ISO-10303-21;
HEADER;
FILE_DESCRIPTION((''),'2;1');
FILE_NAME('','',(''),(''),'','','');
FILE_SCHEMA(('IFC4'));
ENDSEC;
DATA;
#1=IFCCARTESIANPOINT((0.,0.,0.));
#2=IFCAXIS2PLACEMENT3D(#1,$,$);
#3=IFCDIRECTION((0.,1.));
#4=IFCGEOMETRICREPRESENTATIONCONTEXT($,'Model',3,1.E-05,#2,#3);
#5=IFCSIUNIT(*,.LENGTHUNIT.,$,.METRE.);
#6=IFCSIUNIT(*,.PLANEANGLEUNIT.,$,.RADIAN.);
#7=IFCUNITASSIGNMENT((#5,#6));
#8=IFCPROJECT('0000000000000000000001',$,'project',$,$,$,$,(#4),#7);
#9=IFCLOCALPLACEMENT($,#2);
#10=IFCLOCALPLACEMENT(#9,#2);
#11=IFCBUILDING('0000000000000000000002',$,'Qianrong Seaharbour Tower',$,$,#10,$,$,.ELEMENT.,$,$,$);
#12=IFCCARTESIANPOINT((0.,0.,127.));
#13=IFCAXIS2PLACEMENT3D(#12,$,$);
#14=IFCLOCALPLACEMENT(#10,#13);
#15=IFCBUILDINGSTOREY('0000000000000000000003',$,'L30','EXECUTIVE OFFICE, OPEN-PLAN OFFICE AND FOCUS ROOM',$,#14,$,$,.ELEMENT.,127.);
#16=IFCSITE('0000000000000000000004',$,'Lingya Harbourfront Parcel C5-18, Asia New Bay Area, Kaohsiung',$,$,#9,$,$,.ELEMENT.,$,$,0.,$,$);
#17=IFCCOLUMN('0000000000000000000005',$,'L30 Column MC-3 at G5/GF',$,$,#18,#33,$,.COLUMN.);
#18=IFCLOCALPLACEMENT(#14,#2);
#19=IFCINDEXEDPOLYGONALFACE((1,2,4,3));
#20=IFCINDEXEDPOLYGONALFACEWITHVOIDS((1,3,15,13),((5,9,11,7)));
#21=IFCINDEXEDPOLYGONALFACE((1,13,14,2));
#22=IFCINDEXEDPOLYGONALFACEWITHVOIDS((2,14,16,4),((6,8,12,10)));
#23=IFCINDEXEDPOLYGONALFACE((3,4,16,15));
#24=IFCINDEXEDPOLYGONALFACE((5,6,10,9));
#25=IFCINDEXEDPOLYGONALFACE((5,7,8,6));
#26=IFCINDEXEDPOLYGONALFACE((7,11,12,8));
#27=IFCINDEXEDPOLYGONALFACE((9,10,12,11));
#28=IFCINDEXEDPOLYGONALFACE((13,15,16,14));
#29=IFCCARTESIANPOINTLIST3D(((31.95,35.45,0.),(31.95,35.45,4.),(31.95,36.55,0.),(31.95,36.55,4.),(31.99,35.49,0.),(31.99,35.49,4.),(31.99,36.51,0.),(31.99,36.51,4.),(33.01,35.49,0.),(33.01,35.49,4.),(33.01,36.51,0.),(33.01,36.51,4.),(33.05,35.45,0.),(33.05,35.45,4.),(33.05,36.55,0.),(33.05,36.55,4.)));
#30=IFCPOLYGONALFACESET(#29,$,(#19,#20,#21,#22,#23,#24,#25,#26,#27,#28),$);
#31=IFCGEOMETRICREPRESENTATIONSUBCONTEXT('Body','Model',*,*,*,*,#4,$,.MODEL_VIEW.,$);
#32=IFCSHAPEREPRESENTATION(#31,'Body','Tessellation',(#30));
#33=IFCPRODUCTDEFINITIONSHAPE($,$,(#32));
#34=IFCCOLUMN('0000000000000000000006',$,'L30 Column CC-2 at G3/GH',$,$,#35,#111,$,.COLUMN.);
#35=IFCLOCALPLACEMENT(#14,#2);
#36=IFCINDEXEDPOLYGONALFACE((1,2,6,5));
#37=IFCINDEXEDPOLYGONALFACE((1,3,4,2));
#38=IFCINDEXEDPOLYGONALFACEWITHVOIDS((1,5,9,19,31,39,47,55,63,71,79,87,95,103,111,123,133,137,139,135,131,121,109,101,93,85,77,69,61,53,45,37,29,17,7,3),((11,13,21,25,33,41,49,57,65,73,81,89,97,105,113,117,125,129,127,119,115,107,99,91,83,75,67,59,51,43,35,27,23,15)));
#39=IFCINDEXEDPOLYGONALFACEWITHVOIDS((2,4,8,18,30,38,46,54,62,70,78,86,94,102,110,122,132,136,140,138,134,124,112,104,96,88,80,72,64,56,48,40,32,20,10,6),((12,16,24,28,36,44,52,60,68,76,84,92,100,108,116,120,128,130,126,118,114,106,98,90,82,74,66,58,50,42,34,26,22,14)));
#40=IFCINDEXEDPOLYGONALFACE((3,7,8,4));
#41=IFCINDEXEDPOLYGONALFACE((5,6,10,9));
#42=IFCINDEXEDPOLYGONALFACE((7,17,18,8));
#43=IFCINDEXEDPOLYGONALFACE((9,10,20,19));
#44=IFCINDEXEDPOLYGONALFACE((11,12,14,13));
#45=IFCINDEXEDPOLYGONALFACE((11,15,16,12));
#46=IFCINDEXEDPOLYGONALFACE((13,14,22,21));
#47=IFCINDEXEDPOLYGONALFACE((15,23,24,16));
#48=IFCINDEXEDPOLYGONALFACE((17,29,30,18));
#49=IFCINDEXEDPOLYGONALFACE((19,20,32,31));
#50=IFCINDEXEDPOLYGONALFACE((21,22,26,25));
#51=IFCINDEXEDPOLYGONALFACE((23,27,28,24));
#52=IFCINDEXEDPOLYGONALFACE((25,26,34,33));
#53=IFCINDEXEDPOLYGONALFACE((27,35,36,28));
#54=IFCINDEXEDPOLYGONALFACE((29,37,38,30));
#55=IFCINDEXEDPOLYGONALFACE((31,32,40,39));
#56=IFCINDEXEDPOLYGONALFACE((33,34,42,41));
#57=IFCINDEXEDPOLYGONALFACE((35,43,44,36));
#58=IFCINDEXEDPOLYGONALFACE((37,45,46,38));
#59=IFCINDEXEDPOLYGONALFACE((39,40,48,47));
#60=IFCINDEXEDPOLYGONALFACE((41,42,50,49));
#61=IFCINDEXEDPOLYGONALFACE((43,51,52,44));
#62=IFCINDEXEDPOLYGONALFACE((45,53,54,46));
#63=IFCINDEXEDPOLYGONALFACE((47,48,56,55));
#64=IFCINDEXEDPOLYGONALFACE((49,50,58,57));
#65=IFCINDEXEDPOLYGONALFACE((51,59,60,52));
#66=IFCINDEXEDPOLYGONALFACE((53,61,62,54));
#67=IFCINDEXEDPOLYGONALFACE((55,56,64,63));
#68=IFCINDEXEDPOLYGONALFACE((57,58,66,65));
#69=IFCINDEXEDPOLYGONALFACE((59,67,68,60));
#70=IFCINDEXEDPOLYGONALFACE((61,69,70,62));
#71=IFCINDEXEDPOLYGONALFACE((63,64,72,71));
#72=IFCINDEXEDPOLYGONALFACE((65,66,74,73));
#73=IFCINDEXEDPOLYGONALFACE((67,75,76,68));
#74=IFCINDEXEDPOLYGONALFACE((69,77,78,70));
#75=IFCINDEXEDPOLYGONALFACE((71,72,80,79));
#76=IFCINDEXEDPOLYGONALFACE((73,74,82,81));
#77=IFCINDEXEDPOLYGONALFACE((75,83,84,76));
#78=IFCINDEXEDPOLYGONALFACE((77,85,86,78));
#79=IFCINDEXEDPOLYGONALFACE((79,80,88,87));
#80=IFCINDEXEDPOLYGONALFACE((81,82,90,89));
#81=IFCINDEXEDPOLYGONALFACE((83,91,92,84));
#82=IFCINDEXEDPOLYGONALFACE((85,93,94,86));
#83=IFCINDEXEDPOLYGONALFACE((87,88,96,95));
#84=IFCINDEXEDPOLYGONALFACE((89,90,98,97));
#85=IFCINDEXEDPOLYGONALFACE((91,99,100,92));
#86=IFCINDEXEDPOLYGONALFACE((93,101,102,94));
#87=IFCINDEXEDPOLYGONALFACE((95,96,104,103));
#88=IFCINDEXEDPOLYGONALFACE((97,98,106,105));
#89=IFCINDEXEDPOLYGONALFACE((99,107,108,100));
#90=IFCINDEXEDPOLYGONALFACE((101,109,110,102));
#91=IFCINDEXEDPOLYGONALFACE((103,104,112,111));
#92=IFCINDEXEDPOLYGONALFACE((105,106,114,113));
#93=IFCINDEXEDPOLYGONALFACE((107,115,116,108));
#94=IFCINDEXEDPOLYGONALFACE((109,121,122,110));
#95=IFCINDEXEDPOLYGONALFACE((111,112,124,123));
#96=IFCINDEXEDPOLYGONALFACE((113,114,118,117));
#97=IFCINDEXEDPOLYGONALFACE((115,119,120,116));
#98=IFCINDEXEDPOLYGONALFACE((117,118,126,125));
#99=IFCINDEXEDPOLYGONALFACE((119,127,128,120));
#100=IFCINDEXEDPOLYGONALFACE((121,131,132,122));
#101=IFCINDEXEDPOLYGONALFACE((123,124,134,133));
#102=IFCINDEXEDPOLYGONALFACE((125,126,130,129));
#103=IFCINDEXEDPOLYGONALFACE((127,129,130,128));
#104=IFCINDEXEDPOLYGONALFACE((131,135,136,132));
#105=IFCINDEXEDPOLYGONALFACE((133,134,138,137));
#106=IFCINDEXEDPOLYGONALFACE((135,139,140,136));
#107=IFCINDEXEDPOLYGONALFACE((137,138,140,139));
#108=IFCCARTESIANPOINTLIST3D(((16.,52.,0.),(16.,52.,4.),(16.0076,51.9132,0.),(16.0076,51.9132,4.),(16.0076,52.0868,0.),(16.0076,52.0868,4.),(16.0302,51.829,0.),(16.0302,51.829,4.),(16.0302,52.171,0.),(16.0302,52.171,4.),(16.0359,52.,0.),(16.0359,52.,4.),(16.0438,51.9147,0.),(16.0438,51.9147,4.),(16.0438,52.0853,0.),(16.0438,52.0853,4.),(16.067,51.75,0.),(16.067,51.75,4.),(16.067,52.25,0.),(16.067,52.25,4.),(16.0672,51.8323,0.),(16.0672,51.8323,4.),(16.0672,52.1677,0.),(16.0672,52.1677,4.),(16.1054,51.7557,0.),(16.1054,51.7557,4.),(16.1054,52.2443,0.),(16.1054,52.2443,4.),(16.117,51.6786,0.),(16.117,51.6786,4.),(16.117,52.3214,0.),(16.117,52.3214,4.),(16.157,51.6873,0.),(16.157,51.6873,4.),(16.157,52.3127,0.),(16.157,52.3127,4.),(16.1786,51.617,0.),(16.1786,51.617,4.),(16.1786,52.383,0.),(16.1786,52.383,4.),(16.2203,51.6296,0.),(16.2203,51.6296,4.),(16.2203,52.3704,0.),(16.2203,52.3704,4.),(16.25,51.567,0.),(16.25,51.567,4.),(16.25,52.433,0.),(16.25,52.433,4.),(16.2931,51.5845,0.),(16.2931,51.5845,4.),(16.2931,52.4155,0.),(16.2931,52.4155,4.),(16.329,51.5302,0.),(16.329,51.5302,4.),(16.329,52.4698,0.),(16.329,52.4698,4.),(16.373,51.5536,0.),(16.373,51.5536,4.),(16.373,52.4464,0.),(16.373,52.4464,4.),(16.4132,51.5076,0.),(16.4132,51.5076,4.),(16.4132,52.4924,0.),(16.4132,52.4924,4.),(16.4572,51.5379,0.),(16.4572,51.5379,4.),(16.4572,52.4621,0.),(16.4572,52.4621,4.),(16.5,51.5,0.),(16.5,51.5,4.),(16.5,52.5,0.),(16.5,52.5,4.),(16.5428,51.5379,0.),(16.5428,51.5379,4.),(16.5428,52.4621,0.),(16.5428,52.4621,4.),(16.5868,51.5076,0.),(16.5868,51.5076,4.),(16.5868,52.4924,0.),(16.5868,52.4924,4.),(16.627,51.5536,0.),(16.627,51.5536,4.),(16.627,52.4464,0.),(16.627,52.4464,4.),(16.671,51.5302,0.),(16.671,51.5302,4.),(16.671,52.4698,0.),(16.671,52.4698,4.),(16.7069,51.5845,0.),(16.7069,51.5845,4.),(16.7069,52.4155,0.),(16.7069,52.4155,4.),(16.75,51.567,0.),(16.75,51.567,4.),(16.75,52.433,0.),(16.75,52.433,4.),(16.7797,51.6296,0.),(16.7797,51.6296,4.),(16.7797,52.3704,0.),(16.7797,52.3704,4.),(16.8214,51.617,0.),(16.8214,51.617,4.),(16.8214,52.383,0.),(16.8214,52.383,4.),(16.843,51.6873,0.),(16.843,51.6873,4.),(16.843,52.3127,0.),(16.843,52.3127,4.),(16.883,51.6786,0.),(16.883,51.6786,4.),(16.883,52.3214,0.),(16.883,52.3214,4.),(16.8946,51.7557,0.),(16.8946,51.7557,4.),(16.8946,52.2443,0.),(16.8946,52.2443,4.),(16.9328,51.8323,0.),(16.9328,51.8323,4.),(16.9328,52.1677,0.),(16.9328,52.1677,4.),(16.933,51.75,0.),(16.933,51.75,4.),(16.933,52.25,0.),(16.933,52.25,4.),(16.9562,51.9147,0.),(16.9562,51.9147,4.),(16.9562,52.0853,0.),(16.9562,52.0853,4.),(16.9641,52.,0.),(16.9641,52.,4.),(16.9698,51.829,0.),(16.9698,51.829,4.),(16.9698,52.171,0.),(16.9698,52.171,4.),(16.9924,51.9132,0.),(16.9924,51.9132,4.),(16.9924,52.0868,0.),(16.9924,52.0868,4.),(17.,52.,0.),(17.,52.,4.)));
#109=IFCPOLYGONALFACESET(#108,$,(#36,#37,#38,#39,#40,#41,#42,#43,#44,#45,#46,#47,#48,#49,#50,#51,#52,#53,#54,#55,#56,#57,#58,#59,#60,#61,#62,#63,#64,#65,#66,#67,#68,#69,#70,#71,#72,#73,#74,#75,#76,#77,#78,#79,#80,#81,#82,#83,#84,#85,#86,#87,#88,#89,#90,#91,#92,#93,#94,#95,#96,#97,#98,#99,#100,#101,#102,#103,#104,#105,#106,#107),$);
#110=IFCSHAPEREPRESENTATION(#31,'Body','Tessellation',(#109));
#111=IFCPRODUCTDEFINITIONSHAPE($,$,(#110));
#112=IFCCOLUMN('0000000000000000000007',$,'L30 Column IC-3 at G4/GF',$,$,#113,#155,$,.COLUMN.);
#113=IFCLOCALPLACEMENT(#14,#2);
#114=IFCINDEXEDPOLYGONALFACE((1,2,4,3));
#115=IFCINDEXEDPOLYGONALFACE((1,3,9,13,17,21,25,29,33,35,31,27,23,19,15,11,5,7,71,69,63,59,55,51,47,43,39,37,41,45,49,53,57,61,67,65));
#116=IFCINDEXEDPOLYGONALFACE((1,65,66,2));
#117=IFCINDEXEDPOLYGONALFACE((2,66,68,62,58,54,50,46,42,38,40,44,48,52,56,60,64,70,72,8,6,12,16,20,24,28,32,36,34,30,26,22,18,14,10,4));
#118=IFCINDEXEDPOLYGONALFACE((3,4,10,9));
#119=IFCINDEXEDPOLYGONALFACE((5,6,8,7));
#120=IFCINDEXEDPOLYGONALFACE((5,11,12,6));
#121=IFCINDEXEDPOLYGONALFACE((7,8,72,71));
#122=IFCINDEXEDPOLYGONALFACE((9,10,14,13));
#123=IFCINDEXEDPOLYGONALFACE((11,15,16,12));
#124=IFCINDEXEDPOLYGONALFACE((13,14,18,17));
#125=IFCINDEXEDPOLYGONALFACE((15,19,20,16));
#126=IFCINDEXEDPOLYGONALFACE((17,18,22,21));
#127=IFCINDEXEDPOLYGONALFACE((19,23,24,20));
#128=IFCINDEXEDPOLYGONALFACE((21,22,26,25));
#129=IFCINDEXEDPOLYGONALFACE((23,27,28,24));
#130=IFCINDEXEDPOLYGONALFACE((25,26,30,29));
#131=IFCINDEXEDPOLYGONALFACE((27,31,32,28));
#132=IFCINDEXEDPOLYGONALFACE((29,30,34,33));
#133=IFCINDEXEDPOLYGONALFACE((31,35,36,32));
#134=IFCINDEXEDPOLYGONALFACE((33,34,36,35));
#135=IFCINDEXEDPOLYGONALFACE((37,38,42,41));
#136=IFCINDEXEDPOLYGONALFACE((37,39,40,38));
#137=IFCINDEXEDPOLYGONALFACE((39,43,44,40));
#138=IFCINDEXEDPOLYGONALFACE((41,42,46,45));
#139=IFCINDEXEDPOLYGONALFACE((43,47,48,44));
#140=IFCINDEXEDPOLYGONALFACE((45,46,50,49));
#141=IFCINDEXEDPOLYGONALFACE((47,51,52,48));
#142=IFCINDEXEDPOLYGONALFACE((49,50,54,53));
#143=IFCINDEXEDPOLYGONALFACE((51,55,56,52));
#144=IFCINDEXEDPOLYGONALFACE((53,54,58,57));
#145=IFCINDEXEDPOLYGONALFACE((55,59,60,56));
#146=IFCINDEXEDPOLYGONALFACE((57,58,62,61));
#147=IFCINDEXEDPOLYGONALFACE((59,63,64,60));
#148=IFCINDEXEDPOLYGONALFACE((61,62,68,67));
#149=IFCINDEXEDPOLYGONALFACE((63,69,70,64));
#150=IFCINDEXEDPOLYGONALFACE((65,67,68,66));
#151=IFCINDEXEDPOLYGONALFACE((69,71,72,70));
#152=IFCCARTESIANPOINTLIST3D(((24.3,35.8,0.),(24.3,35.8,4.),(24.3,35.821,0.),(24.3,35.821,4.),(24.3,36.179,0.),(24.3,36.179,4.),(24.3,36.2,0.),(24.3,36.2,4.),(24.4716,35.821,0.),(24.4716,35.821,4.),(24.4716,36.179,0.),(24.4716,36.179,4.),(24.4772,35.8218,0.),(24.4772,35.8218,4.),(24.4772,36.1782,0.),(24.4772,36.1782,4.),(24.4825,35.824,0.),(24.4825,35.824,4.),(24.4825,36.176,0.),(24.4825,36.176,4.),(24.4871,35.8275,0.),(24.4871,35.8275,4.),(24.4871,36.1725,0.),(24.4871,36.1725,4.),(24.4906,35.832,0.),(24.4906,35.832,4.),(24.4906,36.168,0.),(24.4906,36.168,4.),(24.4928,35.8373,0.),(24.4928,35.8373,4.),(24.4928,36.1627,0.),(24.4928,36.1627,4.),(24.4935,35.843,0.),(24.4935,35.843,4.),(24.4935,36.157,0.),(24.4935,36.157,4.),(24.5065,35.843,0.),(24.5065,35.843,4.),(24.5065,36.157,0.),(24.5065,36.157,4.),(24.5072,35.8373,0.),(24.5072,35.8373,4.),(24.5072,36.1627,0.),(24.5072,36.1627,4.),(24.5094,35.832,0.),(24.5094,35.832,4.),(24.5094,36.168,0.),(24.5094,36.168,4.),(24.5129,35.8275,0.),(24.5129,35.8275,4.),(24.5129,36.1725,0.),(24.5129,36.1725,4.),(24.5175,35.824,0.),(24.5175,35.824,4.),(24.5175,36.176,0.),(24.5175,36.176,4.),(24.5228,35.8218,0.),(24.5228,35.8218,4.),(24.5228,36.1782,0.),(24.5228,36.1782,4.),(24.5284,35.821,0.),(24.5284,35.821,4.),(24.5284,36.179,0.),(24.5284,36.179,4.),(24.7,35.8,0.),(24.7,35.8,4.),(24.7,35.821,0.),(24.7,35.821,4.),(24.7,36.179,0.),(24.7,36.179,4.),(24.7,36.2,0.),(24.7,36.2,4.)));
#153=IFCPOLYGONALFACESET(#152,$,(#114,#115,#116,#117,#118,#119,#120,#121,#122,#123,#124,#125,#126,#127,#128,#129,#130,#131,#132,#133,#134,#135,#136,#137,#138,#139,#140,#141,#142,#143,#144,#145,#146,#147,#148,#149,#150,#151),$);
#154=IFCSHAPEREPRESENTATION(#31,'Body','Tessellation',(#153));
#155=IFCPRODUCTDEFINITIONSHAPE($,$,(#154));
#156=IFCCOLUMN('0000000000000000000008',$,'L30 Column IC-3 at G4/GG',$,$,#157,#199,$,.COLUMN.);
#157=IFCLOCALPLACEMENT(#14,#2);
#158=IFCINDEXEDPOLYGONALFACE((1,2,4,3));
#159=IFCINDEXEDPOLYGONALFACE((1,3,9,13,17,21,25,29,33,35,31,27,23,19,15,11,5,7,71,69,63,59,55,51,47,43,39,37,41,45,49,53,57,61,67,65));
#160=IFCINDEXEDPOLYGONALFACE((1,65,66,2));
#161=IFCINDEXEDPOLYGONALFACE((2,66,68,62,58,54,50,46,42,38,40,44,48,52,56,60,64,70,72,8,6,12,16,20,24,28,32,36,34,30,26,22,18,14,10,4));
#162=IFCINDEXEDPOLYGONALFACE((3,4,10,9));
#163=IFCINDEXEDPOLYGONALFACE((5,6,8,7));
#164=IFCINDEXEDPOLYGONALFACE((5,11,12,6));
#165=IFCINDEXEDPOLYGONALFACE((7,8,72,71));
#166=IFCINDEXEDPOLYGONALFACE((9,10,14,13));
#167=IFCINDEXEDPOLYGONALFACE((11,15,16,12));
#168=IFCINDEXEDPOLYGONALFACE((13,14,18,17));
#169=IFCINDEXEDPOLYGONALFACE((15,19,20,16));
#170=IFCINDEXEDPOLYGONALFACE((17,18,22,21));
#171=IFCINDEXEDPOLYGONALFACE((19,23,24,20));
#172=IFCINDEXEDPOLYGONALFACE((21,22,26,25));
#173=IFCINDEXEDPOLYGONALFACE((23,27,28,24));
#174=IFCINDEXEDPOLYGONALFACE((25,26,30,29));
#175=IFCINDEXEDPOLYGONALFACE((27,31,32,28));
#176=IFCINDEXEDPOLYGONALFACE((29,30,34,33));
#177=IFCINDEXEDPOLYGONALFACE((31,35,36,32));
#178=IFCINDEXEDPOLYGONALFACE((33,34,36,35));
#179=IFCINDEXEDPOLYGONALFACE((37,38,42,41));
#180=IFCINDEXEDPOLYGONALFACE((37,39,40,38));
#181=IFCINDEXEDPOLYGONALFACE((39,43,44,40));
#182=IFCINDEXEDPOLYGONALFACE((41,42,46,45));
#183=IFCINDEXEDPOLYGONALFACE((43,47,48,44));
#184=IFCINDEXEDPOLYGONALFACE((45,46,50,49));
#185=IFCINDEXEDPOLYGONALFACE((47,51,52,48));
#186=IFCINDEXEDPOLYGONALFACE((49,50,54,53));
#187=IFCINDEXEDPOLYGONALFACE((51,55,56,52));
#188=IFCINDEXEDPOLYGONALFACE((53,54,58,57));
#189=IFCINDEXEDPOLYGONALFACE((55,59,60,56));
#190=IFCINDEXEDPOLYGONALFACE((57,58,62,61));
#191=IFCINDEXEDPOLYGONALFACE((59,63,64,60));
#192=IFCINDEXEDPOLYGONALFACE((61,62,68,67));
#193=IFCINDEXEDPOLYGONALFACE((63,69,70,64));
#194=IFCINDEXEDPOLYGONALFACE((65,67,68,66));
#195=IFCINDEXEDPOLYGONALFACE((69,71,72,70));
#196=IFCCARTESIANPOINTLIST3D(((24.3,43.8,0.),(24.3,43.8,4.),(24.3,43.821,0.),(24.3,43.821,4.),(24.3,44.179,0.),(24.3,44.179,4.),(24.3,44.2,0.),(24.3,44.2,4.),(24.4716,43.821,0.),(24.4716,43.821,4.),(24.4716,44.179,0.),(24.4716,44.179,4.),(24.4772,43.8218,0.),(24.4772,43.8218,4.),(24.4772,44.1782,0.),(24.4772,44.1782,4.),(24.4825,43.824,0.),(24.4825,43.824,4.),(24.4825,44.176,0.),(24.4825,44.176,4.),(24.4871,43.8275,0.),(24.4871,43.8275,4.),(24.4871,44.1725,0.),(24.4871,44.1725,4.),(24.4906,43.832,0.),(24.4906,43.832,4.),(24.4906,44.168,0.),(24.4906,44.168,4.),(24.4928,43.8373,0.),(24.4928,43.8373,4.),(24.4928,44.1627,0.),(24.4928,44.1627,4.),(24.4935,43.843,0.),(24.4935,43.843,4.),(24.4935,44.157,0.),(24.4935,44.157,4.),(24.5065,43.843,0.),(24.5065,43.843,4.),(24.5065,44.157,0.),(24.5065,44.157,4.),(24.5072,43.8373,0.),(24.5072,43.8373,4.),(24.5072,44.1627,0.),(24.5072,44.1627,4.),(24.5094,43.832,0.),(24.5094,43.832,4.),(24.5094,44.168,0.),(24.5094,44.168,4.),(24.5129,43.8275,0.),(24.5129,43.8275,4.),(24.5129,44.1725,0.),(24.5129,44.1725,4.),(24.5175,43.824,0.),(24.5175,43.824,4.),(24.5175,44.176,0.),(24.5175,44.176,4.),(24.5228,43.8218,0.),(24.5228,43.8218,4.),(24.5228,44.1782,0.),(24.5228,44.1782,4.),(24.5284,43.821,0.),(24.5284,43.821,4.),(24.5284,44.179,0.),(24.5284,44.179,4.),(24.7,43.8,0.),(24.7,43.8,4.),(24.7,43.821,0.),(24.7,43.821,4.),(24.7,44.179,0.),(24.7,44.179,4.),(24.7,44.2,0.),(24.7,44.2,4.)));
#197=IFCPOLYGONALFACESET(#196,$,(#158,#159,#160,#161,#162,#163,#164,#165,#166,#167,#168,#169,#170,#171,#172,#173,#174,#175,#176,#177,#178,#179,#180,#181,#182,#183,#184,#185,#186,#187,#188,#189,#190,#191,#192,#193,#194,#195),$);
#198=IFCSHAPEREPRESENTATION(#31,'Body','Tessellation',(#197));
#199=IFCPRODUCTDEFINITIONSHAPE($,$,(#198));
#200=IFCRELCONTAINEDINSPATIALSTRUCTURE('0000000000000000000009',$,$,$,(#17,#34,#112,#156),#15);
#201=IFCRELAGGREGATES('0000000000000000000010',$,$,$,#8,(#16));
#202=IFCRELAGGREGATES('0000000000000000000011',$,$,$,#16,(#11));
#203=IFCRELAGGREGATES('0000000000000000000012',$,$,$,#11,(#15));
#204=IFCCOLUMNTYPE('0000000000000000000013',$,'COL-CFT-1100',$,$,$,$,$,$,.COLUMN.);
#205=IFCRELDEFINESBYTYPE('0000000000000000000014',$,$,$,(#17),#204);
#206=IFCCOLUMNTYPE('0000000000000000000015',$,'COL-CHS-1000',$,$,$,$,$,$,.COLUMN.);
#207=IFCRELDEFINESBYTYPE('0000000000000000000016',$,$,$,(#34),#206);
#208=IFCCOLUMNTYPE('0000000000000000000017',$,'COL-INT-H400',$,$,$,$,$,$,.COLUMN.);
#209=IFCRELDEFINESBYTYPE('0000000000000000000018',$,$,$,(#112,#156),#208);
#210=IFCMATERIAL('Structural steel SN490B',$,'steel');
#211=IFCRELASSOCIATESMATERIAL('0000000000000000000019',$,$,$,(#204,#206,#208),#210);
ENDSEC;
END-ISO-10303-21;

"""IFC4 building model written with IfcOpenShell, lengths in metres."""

from ifc_helpers import new_model, si_unit, direction, frame, origin, origin_2d, place, context, subcontext, project, spatial, hollow_rectangle, hollow_circle, i_section, extrude, material, material_profile, profile_set, type_object, element, save


model = new_model("IFC4")

# Units and contexts
model_context = context("Model", 3, precision=1e-05, world=origin(), true_north=direction((0.0, 1.0)))
body_context = subcontext(model_context, "Body", "Model", "MODEL_VIEW")
ifc_project = project(units=[si_unit("LENGTHUNIT", "METRE"), si_unit("PLANEANGLEUNIT", "RADIAN")], contexts=[model_context])

# Site, building, storey
site_placement = place(None, origin())
site = spatial("IfcSite", under=ifc_project, at=site_placement, Name="Lingya Harbourfront Parcel C5-18, Asia New Bay Area, Kaohsiung", CompositionType="ELEMENT", RefElevation=0.0)
building_placement = place(site_placement, origin())
building = spatial("IfcBuilding", under=site, at=building_placement, Name="Qianrong Seaharbour Tower", CompositionType="ELEMENT")
storey_placement = place(building_placement, frame((0.0, 0.0, 127.0)))
storey = spatial("IfcBuildingStorey", under=building, at=storey_placement, Name="L30", Description="EXECUTIVE OFFICE, OPEN-PLAN OFFICE AND FOCUS ROOM", CompositionType="ELEMENT", Elevation=127.0)

# Columns
ifc_material_1 = material(Name="Structural steel SN490B", Category="steel")
ifc_material_profile_1 = material_profile(ifc_material_1, hollow_rectangle(XDim=1.1001, YDim=1.1001, WallThickness=0.04, at=origin_2d()), Name="BOX1100x1100x40")
ifc_profile_set_1 = profile_set([ifc_material_profile_1], Name="Structural steel SN490B")
column_type_1 = type_object("IfcColumnType", Name="COL-CFT-1100", PredefinedType="COLUMN", material=ifc_profile_set_1)
column_1_placement = place(storey_placement, frame((32.5, 36.0, 0.0), z_axis=(0.0, 0.0, 1.0), x_axis=(1.0, 0.0, 0.0)))
element("IfcColumn", 1, at=column_1_placement, inside=storey, type_object=column_type_1, Name="L30 Column MC-3 at G5/GF", PredefinedType="COLUMN", context=body_context, shape_type="SweptSolid", body=[
    extrude(hollow_rectangle(XDim=1.1001, YDim=1.1001, WallThickness=0.04, at=origin_2d()), origin(), (0.0, 0.0, 1.0), 4.0),
])
ifc_material_profile_2 = material_profile(ifc_material_1, hollow_circle(Radius=0.5, WallThickness=0.0359, at=origin_2d()), Name="CHS1000x36")
ifc_profile_set_2 = profile_set([ifc_material_profile_2], Name="Structural steel SN490B")
column_type_2 = type_object("IfcColumnType", Name="COL-CHS-1000", PredefinedType="COLUMN", material=ifc_profile_set_2)
column_2_placement = place(storey_placement, frame((16.5, 52.0, 0.0), z_axis=(0.0, 0.0, 1.0), x_axis=(1.0, 0.0, 0.0)))
element("IfcColumn", 2, at=column_2_placement, inside=storey, type_object=column_type_2, Name="L30 Column CC-2 at G3/GH", PredefinedType="COLUMN", context=body_context, shape_type="SweptSolid", body=[
    extrude(hollow_circle(Radius=0.5, WallThickness=0.0359, at=origin_2d()), origin(), (0.0, 0.0, 1.0), 4.0),
])
ifc_material_profile_3 = material_profile(ifc_material_1, i_section(OverallWidth=0.3999, OverallDepth=0.3999, WebThickness=0.0129, FlangeThickness=0.021, FilletRadius=0.022, at=origin_2d()), Name="H400x400x13x21")
ifc_profile_set_3 = profile_set([ifc_material_profile_3], Name="Structural steel SN490B")
column_type_3 = type_object("IfcColumnType", Name="COL-INT-H400", PredefinedType="COLUMN", material=ifc_profile_set_3)
for number, where, z_axis, x_axis, name in (
    (3, (24.5, 36.0, 0.0), (0.0, 0.0, 1.0), (1.0, 0.0, 0.0), "L30 Column IC-3 at G4/GF"),
    (4, (24.5, 44.0, 0.0), (0.0, 0.0, 1.0), (1.0, 0.0, 0.0), "L30 Column IC-3 at G4/GG"),
):
    element("IfcColumn", number, at=place(storey_placement, frame(where, z_axis=z_axis, x_axis=x_axis)), inside=storey, type_object=column_type_3, Name=name, PredefinedType="COLUMN", context=body_context, shape_type="SweptSolid", body=[
        extrude(i_section(OverallWidth=0.3999, OverallDepth=0.3999, WebThickness=0.0129, FlangeThickness=0.021, FilletRadius=0.022, at=origin_2d()), origin(), (0.0, 0.0, 1.0), 4.0),
    ])

save(model, "model.ifc")
